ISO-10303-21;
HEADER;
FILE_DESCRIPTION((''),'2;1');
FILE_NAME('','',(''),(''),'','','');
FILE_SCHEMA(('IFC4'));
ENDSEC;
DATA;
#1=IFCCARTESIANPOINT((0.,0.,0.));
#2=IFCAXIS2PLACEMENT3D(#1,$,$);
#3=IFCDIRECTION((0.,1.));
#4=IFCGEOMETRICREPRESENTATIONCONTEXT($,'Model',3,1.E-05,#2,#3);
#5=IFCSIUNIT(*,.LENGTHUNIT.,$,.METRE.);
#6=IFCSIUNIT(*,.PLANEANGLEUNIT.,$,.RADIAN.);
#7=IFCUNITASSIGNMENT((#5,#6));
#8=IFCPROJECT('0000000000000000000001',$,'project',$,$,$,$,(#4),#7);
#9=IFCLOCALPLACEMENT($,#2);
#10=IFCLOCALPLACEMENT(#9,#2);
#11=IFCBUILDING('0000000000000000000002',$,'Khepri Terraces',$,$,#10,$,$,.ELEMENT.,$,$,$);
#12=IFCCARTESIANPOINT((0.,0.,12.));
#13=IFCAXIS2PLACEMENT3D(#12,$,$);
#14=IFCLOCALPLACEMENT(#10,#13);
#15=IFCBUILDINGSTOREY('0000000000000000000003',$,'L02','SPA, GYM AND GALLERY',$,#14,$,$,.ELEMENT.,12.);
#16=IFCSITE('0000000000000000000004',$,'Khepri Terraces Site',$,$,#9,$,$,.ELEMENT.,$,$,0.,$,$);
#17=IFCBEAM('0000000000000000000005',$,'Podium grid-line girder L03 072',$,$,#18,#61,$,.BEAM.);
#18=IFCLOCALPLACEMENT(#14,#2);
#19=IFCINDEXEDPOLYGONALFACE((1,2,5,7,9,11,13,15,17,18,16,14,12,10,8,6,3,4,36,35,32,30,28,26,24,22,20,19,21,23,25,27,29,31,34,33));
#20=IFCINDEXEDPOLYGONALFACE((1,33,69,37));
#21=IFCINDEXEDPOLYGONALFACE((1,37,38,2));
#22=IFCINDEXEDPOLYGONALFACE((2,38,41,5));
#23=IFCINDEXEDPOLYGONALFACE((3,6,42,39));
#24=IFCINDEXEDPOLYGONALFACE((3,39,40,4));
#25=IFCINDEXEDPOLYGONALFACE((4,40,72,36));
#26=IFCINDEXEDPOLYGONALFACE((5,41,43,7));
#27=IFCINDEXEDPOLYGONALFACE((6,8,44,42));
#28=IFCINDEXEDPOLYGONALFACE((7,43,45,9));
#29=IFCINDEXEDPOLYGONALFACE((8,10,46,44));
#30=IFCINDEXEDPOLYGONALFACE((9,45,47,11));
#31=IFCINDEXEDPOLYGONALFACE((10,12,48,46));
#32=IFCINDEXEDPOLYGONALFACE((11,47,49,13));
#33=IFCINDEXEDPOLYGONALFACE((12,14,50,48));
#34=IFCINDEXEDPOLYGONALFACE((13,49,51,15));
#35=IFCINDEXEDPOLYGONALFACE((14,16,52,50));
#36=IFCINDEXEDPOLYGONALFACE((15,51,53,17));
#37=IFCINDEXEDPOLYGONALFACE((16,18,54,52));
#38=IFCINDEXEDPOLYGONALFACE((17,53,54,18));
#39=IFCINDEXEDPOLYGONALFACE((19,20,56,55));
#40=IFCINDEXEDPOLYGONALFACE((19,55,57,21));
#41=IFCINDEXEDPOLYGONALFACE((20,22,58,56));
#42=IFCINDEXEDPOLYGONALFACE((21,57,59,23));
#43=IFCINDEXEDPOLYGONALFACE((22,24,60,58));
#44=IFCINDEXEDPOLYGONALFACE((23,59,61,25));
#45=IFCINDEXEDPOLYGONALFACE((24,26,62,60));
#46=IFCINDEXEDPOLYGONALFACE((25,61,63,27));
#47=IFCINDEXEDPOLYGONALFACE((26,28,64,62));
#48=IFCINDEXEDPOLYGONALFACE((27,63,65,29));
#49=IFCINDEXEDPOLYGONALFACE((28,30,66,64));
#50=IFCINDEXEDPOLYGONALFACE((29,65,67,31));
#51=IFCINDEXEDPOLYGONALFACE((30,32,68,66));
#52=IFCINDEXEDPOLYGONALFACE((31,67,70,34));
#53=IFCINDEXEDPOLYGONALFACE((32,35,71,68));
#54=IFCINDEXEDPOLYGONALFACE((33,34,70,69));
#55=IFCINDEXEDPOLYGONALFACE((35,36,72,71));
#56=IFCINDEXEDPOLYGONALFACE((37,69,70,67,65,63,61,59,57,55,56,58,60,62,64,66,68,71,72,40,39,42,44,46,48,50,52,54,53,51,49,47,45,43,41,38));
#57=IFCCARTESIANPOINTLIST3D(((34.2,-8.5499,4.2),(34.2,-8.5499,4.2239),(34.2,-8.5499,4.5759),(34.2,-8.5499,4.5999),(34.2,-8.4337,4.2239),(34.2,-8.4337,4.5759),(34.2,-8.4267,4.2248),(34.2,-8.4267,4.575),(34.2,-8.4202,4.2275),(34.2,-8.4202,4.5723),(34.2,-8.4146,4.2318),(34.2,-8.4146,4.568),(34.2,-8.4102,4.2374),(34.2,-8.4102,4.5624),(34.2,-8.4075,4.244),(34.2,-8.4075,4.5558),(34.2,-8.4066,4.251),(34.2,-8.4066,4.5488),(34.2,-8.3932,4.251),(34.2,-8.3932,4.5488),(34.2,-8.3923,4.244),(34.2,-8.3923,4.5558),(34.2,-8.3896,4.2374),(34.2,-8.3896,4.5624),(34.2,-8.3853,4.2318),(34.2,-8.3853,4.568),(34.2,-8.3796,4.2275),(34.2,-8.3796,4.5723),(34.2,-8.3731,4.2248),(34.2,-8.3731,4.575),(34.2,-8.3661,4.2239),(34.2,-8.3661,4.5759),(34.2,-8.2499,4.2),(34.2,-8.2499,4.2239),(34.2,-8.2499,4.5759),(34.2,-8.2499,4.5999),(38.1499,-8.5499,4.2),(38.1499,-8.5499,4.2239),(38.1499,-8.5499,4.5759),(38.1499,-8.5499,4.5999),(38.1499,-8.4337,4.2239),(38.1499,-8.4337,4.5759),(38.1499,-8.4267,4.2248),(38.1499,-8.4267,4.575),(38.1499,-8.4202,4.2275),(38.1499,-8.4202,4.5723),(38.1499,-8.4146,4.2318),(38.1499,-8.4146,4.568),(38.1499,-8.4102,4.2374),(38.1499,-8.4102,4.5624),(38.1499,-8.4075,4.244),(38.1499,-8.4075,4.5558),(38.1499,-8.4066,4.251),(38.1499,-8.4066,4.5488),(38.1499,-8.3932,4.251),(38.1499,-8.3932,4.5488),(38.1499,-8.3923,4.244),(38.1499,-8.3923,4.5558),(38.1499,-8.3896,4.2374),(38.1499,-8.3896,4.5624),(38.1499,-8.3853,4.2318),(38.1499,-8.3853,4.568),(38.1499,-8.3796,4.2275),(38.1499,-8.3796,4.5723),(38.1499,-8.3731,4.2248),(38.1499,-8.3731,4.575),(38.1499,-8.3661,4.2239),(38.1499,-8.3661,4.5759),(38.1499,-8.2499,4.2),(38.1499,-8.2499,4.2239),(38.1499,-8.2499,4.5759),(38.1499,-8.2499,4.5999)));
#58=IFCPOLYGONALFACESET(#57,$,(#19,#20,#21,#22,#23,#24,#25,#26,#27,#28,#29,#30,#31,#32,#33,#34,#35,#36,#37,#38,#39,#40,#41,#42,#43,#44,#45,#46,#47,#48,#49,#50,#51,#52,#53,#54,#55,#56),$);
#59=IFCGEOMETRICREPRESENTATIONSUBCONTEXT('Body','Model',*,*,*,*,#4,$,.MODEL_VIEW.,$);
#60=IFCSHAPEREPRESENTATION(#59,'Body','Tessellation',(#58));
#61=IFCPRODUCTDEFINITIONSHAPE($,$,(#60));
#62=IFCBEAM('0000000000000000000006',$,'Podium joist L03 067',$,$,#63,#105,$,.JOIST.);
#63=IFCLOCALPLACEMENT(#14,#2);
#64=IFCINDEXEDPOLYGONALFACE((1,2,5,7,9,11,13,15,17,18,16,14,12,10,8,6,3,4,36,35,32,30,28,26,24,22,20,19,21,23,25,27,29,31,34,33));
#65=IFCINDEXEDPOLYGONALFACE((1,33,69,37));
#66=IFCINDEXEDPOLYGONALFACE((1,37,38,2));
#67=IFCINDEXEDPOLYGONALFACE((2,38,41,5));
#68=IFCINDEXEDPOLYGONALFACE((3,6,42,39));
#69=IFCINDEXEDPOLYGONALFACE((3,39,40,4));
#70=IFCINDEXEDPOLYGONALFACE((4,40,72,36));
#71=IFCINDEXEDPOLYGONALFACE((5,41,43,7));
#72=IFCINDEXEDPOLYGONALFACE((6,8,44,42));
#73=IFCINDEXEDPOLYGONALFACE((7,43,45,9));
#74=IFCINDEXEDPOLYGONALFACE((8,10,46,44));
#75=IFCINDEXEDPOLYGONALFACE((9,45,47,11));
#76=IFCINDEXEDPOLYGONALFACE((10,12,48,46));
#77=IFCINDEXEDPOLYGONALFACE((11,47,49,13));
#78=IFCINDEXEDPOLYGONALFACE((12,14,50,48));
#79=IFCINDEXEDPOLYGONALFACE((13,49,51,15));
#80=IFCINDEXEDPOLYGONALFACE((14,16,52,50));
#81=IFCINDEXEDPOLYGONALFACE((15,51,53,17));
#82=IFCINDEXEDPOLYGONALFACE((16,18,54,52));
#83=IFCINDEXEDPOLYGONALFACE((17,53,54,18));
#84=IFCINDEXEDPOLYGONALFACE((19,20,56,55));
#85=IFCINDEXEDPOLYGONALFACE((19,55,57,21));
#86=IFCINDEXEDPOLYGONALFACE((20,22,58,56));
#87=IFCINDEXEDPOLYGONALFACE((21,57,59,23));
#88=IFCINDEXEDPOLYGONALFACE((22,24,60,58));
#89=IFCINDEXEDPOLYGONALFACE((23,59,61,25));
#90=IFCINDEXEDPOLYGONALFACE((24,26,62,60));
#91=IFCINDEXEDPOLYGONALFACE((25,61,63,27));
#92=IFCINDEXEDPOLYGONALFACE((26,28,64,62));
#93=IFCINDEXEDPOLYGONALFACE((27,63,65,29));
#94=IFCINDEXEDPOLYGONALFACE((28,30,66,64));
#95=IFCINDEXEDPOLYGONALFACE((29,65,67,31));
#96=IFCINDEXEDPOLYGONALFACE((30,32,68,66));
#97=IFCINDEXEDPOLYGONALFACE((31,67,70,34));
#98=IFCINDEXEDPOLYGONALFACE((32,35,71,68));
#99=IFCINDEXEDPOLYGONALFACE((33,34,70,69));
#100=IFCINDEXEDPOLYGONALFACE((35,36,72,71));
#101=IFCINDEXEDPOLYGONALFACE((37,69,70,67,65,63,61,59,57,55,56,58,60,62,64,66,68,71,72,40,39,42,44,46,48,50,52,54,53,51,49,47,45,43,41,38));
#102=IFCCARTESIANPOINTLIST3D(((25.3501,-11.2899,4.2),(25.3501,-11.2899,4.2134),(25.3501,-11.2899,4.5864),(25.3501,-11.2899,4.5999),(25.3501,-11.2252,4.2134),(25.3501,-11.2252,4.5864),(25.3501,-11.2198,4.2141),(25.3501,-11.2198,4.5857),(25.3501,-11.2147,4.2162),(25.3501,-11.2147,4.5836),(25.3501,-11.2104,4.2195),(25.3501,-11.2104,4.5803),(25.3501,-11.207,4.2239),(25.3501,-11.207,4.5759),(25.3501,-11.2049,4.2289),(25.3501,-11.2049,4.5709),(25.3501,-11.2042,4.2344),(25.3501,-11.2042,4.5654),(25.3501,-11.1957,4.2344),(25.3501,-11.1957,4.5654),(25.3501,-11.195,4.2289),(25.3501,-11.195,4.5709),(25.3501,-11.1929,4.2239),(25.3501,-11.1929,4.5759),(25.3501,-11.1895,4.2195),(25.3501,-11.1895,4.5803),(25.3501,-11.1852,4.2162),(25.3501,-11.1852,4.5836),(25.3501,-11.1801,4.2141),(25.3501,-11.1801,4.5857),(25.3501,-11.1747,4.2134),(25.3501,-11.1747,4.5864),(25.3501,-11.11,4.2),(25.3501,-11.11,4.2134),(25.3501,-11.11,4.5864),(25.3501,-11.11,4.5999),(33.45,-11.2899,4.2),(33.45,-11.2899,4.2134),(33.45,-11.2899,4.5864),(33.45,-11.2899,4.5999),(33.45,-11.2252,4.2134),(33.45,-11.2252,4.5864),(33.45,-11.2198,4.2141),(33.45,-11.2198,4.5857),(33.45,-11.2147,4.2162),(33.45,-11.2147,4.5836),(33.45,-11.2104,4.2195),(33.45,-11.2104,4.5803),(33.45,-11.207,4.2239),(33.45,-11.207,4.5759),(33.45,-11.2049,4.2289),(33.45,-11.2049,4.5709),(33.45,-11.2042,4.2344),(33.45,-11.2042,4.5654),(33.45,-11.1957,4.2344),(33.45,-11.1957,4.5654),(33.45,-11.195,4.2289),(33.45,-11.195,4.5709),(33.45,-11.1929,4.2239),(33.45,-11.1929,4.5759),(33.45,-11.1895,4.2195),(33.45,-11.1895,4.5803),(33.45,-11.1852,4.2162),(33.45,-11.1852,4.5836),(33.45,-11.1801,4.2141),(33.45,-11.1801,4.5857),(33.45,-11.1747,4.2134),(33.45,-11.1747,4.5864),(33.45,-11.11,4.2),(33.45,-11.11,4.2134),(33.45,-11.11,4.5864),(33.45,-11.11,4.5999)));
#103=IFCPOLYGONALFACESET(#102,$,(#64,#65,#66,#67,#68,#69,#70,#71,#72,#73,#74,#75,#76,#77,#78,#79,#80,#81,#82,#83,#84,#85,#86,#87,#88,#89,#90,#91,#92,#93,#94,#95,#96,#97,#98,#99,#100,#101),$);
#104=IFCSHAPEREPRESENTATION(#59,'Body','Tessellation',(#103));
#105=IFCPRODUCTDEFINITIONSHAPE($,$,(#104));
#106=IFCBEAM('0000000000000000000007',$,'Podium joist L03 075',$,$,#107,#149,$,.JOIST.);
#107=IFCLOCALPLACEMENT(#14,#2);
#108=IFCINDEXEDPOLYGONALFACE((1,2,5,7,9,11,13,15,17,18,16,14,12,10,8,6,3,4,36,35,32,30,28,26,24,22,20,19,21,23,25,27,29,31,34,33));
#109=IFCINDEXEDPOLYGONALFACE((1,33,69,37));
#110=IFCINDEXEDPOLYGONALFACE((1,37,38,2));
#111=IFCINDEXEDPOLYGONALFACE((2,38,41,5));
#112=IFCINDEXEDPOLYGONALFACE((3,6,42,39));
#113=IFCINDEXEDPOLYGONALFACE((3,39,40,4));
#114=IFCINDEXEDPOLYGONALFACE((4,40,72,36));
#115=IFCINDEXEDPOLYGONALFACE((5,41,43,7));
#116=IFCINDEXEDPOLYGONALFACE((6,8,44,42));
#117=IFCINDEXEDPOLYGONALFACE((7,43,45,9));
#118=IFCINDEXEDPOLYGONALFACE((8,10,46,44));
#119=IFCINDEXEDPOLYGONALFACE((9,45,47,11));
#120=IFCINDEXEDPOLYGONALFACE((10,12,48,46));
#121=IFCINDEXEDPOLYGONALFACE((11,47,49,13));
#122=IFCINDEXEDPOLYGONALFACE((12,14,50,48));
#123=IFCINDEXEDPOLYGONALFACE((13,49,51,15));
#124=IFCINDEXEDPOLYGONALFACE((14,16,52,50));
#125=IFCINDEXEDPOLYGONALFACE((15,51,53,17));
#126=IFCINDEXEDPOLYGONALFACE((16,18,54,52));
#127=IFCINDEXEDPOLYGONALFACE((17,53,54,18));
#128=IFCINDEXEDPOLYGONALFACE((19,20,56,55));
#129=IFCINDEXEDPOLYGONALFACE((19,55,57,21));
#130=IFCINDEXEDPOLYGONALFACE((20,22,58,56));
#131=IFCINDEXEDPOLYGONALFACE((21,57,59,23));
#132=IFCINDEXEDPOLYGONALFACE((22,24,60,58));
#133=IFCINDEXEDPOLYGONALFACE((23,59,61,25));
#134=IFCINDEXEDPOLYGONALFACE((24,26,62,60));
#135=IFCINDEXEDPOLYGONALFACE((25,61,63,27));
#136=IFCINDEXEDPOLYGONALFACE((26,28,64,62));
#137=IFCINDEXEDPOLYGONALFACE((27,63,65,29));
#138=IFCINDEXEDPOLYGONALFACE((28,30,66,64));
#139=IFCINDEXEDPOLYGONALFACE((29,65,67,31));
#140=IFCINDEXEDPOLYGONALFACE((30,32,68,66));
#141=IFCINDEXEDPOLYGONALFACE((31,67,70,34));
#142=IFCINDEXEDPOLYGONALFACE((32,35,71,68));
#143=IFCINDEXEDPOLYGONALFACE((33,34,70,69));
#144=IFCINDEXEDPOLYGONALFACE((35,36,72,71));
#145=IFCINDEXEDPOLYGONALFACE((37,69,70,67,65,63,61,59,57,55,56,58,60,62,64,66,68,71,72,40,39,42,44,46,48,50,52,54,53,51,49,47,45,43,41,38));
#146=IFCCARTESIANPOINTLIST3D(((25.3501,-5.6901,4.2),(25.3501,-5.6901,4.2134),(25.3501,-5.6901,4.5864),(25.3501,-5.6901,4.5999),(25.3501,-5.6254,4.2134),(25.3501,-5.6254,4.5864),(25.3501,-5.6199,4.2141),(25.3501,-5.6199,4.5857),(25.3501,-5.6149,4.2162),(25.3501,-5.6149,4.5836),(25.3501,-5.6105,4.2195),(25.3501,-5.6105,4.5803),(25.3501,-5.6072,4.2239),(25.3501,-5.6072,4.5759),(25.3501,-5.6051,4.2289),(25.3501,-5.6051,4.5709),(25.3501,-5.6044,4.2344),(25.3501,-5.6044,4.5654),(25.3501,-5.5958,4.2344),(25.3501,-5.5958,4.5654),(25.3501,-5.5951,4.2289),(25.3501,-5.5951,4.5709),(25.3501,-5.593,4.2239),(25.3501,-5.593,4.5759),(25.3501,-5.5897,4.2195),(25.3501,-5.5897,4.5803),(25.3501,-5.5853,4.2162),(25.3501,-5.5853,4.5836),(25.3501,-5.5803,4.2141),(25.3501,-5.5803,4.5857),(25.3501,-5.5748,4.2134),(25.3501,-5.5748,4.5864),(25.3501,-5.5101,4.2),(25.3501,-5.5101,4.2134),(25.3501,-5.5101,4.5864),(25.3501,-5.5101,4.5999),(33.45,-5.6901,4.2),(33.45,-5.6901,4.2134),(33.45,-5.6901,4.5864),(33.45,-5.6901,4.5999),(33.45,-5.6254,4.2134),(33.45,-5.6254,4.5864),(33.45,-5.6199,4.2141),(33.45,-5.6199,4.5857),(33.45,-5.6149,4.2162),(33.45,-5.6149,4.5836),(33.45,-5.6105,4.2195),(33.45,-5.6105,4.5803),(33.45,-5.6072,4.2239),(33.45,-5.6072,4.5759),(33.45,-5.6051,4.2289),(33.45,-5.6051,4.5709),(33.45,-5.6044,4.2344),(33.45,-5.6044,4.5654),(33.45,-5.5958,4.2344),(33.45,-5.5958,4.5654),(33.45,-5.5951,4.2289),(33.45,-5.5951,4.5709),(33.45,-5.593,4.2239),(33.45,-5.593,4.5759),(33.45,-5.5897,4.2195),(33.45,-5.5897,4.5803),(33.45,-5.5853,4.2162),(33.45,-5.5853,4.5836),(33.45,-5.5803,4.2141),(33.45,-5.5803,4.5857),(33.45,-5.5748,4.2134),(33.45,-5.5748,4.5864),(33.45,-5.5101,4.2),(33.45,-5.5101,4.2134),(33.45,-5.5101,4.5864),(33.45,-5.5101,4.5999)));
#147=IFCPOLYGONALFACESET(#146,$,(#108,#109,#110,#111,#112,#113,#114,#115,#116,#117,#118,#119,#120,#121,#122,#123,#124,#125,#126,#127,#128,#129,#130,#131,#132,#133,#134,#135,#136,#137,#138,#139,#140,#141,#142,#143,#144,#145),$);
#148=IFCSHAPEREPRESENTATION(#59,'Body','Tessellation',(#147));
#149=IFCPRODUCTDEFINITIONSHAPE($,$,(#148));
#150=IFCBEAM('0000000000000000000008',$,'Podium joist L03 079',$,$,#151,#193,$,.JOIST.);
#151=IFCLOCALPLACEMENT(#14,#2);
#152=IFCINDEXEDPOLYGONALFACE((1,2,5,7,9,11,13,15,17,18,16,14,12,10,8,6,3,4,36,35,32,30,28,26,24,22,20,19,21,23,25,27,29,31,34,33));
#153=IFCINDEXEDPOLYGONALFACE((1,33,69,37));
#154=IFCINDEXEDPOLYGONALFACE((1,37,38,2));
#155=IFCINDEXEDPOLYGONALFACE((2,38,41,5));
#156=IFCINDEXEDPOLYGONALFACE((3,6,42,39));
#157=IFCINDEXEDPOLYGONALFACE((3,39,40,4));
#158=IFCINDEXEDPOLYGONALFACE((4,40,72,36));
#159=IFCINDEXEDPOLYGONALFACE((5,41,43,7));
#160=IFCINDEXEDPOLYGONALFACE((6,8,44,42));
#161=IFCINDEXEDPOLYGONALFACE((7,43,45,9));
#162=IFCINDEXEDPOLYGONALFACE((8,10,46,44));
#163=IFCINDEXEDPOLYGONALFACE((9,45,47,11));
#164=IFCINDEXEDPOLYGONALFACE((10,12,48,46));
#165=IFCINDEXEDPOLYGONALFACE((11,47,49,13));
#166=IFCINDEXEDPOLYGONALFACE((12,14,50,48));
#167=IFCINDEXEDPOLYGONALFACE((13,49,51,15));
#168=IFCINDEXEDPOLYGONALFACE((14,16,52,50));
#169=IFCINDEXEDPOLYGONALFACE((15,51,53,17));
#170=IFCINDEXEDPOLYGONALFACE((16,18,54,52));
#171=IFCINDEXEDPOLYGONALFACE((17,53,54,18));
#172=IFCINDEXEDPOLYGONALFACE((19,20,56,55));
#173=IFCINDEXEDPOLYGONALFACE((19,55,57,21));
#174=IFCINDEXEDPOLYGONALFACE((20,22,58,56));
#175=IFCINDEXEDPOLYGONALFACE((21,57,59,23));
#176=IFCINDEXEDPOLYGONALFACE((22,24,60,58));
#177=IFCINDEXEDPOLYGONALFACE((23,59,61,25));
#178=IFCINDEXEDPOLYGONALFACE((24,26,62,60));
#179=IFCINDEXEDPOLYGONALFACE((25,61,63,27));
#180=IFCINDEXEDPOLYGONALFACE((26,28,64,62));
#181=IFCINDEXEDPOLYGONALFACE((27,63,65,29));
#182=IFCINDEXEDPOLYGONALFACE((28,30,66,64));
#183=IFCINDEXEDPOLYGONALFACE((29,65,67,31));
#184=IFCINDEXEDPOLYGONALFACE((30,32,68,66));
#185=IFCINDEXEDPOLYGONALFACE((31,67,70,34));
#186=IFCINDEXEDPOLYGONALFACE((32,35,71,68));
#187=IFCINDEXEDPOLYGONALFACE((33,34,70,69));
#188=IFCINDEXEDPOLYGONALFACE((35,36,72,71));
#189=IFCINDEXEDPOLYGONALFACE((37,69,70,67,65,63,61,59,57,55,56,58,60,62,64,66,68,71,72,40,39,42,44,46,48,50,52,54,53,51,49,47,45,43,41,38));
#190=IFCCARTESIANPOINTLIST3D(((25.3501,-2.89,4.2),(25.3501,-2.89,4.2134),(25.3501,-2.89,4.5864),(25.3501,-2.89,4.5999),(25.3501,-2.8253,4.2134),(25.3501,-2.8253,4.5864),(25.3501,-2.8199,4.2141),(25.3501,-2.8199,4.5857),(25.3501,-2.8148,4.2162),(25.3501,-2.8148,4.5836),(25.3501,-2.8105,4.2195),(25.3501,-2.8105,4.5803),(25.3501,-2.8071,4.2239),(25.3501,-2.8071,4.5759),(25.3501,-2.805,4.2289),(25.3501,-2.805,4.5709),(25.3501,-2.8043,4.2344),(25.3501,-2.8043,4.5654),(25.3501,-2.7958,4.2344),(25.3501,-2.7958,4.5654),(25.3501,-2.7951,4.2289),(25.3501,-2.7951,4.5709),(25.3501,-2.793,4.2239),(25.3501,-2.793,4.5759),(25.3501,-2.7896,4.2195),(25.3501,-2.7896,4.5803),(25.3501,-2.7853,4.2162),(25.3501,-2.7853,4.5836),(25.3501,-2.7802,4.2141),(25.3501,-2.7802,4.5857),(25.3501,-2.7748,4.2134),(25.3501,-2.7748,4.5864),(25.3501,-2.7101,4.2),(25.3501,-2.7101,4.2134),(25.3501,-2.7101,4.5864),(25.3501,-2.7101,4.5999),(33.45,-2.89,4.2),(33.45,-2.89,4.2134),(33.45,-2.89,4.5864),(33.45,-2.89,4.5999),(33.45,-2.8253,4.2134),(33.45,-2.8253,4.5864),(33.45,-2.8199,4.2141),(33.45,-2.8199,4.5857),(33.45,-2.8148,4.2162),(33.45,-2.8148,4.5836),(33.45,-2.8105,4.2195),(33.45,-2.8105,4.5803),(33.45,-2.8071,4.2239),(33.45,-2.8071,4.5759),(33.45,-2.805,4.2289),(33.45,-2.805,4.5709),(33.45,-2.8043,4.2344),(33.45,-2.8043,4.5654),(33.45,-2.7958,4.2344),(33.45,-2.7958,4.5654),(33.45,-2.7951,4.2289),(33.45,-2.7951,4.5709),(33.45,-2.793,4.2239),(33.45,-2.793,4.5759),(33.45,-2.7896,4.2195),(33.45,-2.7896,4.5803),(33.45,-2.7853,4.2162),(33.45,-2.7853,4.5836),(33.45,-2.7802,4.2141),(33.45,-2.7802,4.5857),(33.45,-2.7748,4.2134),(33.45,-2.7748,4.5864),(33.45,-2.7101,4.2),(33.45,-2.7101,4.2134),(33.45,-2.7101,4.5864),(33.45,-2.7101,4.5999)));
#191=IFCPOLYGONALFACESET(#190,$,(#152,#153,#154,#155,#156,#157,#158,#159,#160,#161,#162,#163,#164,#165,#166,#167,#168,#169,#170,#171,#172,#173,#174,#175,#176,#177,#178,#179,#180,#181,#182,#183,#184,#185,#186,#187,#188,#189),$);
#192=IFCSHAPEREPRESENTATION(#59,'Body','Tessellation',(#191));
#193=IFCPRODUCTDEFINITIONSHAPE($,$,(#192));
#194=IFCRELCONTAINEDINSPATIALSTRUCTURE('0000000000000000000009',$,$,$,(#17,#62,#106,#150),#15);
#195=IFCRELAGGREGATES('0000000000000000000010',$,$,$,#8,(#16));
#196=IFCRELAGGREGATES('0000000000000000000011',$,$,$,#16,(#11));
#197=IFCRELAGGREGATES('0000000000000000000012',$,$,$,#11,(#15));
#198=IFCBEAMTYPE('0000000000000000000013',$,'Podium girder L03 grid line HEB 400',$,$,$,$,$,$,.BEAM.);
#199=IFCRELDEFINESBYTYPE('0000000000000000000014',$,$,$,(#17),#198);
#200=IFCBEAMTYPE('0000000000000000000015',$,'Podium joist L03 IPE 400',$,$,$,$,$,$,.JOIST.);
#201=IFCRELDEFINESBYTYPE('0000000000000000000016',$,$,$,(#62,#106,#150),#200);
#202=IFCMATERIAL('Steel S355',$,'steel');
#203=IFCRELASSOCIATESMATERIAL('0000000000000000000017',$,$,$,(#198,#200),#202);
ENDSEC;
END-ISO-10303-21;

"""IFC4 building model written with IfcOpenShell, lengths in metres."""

from ifc_helpers import new_model, si_unit, direction, frame, origin, origin_2d, place, context, subcontext, project, spatial, i_section, extrude, material, material_profile, profile_set, type_object, element, save


model = new_model("IFC4")

# Units and contexts
model_context = context("Model", 3, precision=1e-05, world=origin(), true_north=direction((0.0, 1.0)))
body_context = subcontext(model_context, "Body", "Model", "MODEL_VIEW")
ifc_project = project(units=[si_unit("LENGTHUNIT", "METRE"), si_unit("PLANEANGLEUNIT", "RADIAN")], contexts=[model_context])

# Site, building, storey
site_placement = place(None, origin())
site = spatial("IfcSite", under=ifc_project, at=site_placement, Name="Khepri Terraces Site", CompositionType="ELEMENT", RefElevation=0.0)
building_placement = place(site_placement, origin())
building = spatial("IfcBuilding", under=site, at=building_placement, Name="Khepri Terraces", CompositionType="ELEMENT")
storey_placement = place(building_placement, frame((0.0, 0.0, 12.0)))
storey = spatial("IfcBuildingStorey", under=building, at=storey_placement, Name="L02", Description="SPA, GYM AND GALLERY", CompositionType="ELEMENT", Elevation=12.0)

# Beams
ifc_material_1 = material(Name="Steel S355", Category="steel")
ifc_material_profile_1 = material_profile(ifc_material_1, i_section(OverallWidth=0.3, OverallDepth=0.3999, WebThickness=0.0134, FlangeThickness=0.0239, FilletRadius=0.0271, at=origin_2d()), Name="Steel S355", Category="steel")
ifc_profile_set_1 = profile_set([ifc_material_profile_1], Name="Steel S355")
beam_type_1 = type_object("IfcBeamType", Name="Podium girder L03 grid line HEB 400", PredefinedType="BEAM", material=ifc_profile_set_1)
beam_1_placement = place(storey_placement, frame((34.2, -8.3999, 4.3999), z_axis=(1.0, 0.0, 0.0), x_axis=(0.0, 1.0, 0.0)))
element("IfcBeam", 1, at=beam_1_placement, inside=storey, type_object=beam_type_1, Name="Podium grid-line girder L03 072", PredefinedType="BEAM", context=body_context, shape_type="SweptSolid", body=[
    extrude(i_section(OverallWidth=0.3, OverallDepth=0.3999, WebThickness=0.0134, FlangeThickness=0.0239, FilletRadius=0.0271, at=origin_2d()), origin(), (0.0, 0.0, 1.0), 3.95),
])
ifc_material_profile_2 = material_profile(ifc_material_1, i_section(OverallWidth=0.1799, OverallDepth=0.3999, WebThickness=0.0085, FlangeThickness=0.0134, FilletRadius=0.021, at=origin_2d()), Name="Steel S355", Category="steel")
ifc_profile_set_2 = profile_set([ifc_material_profile_2], Name="Steel S355")
beam_type_2 = type_object("IfcBeamType", Name="Podium joist L03 IPE 400", PredefinedType="JOIST", material=ifc_profile_set_2)
for number, where, z_axis, x_axis, name in (
    (2, (25.3501, -11.2, 4.3999), (1.0, 0.0, 0.0), (0.0, 1.0, 0.0), "Podium joist L03 067"),
    (3, (25.3501, -5.6001, 4.3999), (1.0, 0.0, 0.0), (0.0, 1.0, 0.0), "Podium joist L03 075"),
    (4, (25.3501, -2.8, 4.3999), (1.0, 0.0, 0.0), (0.0, 1.0, 0.0), "Podium joist L03 079"),
):
    element("IfcBeam", number, at=place(storey_placement, frame(where, z_axis=z_axis, x_axis=x_axis)), inside=storey, type_object=beam_type_2, Name=name, PredefinedType="JOIST", context=body_context, shape_type="SweptSolid", body=[
        extrude(i_section(OverallWidth=0.1799, OverallDepth=0.3999, WebThickness=0.0085, FlangeThickness=0.0134, FilletRadius=0.021, at=origin_2d()), origin(), (0.0, 0.0, 1.0), 8.0999),
    ])

save(model, "model.ifc")
